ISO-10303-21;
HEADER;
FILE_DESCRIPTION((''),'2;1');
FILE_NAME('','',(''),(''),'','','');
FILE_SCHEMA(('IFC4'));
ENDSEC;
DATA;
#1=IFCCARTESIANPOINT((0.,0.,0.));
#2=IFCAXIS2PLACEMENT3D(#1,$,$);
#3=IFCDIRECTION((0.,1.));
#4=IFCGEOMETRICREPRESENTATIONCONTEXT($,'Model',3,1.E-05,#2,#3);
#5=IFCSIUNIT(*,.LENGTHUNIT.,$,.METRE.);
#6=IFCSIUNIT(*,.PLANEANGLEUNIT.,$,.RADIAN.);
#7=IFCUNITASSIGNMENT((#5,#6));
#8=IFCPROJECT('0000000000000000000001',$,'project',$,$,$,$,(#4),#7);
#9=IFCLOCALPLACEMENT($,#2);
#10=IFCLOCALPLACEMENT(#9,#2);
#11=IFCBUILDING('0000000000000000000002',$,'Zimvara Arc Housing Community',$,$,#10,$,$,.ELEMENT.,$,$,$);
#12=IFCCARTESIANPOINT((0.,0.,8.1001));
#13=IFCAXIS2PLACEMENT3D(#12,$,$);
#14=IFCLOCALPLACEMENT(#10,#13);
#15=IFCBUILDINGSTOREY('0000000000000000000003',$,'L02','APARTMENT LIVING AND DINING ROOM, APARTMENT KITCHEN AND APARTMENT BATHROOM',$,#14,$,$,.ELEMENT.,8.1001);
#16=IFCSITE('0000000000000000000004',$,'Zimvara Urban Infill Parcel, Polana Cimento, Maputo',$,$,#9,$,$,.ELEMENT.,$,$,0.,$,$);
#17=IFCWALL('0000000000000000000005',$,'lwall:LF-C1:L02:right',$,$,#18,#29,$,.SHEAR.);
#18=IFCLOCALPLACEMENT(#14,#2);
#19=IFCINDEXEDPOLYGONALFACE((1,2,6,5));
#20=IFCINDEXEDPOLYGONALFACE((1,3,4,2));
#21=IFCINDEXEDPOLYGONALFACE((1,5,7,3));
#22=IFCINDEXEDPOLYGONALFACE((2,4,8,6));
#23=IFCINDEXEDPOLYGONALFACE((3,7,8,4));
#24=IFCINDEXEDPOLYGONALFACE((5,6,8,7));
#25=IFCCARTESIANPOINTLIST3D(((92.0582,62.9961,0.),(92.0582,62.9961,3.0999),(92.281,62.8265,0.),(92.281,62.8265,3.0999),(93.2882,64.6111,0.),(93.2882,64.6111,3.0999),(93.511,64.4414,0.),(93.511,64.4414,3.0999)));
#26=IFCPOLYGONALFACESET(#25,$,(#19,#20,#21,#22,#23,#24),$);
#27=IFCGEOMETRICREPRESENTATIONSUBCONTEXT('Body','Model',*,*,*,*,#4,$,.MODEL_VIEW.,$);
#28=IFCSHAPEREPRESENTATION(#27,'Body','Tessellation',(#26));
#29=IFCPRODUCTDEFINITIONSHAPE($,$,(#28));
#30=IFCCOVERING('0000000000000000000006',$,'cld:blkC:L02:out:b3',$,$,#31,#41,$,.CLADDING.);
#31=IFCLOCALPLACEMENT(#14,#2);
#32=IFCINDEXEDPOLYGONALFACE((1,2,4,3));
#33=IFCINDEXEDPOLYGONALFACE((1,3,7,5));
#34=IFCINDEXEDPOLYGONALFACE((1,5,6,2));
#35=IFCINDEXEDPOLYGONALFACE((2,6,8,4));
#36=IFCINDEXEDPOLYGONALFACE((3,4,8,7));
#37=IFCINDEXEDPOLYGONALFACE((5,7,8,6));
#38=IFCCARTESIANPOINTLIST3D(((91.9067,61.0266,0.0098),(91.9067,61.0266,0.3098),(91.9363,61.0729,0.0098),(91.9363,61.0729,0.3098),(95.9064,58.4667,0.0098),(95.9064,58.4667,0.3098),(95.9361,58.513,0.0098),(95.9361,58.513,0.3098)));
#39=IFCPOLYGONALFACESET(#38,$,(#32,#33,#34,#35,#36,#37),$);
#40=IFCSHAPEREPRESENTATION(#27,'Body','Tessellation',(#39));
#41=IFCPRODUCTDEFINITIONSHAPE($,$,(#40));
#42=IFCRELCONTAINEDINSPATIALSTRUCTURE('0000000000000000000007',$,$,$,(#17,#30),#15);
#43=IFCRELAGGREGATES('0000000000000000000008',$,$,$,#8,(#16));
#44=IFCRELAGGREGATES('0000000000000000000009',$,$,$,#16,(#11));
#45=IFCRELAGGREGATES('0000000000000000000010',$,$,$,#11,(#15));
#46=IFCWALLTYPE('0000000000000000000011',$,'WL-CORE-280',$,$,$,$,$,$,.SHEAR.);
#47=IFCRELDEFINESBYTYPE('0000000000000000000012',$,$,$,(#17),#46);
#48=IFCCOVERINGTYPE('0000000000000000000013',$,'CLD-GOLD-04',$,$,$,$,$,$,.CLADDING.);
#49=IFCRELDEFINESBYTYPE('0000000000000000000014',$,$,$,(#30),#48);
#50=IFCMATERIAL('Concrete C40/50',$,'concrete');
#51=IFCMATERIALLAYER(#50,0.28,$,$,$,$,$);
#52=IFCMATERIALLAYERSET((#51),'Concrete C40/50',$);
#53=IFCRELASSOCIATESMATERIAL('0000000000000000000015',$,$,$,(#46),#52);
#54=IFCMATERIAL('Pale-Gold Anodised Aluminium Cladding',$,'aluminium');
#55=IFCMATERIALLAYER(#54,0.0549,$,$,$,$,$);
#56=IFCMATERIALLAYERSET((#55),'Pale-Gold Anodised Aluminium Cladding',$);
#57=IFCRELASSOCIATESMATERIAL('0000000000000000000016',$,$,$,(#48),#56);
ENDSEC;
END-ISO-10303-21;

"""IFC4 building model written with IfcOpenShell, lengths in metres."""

from ifc_helpers import new_model, si_unit, direction, frame, frame_2d, origin, origin_2d, place, context, subcontext, project, spatial, rectangle, extrude, material, layer, layer_set, type_object, element, save


model = new_model("IFC4")

# Units and contexts
model_context = context("Model", 3, precision=1e-05, world=origin(), true_north=direction((0.0, 1.0)))
body_context = subcontext(model_context, "Body", "Model", "MODEL_VIEW")
ifc_project = project(units=[si_unit("LENGTHUNIT", "METRE"), si_unit("PLANEANGLEUNIT", "RADIAN")], contexts=[model_context])

# Site, building, storey
site_placement = place(None, origin())
site = spatial("IfcSite", under=ifc_project, at=site_placement, Name="Zimvara Urban Infill Parcel, Polana Cimento, Maputo", CompositionType="ELEMENT", RefElevation=0.0)
building_placement = place(site_placement, origin())
building = spatial("IfcBuilding", under=site, at=building_placement, Name="Zimvara Arc Housing Community", CompositionType="ELEMENT")
storey_placement = place(building_placement, frame((0.0, 0.0, 8.1001)))
storey = spatial("IfcBuildingStorey", under=building, at=storey_placement, Name="L02", Description="APARTMENT LIVING AND DINING ROOM, APARTMENT KITCHEN AND APARTMENT BATHROOM", CompositionType="ELEMENT", Elevation=8.1001)

# Wall
ifc_material_1 = material(Name="Concrete C40/50", Category="concrete")
ifc_layer_1 = layer(ifc_material_1, 0.28)
ifc_layer_set_1 = layer_set([ifc_layer_1], Name="Concrete C40/50")
wall_type_1 = type_object("IfcWallType", Name="WL-CORE-280", PredefinedType="SHEAR", material=ifc_layer_set_1)
wall_1_placement = place(storey_placement, frame((93.3997, 64.5264, 0.0), z_axis=(0.0, 0.0, 1.0), x_axis=(-0.605891, -0.795548, 0.0)))
element("IfcWall", 1, at=wall_1_placement, inside=storey, type_object=wall_type_1, Name="lwall:LF-C1:L02:right", PredefinedType="SHEAR", context=body_context, shape_type="SweptSolid", body=[
    extrude(rectangle(XDim=2.03, YDim=0.28, at=frame_2d((1.0151, 0.0))), origin(), (0.0, 0.0, 1.0), 3.0999),
])

# Covering
ifc_material_2 = material(Name="Pale-Gold Anodised Aluminium Cladding", Category="aluminium")
ifc_layer_2 = layer(ifc_material_2, 0.0549)
ifc_layer_set_2 = layer_set([ifc_layer_2], Name="Pale-Gold Anodised Aluminium Cladding")
covering_type = type_object("IfcCoveringType", Name="CLD-GOLD-04", PredefinedType="CLADDING", material=ifc_layer_set_2)
covering_placement = place(storey_placement, frame((93.9214, 59.7698, 0.0098), z_axis=(0.0, 0.0, 1.0), x_axis=(0.842265, -0.539063, 0.0)))
element("IfcCovering", 2, at=covering_placement, inside=storey, type_object=covering_type, Name="cld:blkC:L02:out:b3", PredefinedType="CLADDING", context=body_context, shape_type="SweptSolid", body=[
    extrude(rectangle(XDim=4.7488, YDim=0.0549, at=origin_2d()), origin(), (0.0, 0.0, 1.0), 0.3),
])

save(model, "model.ifc")
